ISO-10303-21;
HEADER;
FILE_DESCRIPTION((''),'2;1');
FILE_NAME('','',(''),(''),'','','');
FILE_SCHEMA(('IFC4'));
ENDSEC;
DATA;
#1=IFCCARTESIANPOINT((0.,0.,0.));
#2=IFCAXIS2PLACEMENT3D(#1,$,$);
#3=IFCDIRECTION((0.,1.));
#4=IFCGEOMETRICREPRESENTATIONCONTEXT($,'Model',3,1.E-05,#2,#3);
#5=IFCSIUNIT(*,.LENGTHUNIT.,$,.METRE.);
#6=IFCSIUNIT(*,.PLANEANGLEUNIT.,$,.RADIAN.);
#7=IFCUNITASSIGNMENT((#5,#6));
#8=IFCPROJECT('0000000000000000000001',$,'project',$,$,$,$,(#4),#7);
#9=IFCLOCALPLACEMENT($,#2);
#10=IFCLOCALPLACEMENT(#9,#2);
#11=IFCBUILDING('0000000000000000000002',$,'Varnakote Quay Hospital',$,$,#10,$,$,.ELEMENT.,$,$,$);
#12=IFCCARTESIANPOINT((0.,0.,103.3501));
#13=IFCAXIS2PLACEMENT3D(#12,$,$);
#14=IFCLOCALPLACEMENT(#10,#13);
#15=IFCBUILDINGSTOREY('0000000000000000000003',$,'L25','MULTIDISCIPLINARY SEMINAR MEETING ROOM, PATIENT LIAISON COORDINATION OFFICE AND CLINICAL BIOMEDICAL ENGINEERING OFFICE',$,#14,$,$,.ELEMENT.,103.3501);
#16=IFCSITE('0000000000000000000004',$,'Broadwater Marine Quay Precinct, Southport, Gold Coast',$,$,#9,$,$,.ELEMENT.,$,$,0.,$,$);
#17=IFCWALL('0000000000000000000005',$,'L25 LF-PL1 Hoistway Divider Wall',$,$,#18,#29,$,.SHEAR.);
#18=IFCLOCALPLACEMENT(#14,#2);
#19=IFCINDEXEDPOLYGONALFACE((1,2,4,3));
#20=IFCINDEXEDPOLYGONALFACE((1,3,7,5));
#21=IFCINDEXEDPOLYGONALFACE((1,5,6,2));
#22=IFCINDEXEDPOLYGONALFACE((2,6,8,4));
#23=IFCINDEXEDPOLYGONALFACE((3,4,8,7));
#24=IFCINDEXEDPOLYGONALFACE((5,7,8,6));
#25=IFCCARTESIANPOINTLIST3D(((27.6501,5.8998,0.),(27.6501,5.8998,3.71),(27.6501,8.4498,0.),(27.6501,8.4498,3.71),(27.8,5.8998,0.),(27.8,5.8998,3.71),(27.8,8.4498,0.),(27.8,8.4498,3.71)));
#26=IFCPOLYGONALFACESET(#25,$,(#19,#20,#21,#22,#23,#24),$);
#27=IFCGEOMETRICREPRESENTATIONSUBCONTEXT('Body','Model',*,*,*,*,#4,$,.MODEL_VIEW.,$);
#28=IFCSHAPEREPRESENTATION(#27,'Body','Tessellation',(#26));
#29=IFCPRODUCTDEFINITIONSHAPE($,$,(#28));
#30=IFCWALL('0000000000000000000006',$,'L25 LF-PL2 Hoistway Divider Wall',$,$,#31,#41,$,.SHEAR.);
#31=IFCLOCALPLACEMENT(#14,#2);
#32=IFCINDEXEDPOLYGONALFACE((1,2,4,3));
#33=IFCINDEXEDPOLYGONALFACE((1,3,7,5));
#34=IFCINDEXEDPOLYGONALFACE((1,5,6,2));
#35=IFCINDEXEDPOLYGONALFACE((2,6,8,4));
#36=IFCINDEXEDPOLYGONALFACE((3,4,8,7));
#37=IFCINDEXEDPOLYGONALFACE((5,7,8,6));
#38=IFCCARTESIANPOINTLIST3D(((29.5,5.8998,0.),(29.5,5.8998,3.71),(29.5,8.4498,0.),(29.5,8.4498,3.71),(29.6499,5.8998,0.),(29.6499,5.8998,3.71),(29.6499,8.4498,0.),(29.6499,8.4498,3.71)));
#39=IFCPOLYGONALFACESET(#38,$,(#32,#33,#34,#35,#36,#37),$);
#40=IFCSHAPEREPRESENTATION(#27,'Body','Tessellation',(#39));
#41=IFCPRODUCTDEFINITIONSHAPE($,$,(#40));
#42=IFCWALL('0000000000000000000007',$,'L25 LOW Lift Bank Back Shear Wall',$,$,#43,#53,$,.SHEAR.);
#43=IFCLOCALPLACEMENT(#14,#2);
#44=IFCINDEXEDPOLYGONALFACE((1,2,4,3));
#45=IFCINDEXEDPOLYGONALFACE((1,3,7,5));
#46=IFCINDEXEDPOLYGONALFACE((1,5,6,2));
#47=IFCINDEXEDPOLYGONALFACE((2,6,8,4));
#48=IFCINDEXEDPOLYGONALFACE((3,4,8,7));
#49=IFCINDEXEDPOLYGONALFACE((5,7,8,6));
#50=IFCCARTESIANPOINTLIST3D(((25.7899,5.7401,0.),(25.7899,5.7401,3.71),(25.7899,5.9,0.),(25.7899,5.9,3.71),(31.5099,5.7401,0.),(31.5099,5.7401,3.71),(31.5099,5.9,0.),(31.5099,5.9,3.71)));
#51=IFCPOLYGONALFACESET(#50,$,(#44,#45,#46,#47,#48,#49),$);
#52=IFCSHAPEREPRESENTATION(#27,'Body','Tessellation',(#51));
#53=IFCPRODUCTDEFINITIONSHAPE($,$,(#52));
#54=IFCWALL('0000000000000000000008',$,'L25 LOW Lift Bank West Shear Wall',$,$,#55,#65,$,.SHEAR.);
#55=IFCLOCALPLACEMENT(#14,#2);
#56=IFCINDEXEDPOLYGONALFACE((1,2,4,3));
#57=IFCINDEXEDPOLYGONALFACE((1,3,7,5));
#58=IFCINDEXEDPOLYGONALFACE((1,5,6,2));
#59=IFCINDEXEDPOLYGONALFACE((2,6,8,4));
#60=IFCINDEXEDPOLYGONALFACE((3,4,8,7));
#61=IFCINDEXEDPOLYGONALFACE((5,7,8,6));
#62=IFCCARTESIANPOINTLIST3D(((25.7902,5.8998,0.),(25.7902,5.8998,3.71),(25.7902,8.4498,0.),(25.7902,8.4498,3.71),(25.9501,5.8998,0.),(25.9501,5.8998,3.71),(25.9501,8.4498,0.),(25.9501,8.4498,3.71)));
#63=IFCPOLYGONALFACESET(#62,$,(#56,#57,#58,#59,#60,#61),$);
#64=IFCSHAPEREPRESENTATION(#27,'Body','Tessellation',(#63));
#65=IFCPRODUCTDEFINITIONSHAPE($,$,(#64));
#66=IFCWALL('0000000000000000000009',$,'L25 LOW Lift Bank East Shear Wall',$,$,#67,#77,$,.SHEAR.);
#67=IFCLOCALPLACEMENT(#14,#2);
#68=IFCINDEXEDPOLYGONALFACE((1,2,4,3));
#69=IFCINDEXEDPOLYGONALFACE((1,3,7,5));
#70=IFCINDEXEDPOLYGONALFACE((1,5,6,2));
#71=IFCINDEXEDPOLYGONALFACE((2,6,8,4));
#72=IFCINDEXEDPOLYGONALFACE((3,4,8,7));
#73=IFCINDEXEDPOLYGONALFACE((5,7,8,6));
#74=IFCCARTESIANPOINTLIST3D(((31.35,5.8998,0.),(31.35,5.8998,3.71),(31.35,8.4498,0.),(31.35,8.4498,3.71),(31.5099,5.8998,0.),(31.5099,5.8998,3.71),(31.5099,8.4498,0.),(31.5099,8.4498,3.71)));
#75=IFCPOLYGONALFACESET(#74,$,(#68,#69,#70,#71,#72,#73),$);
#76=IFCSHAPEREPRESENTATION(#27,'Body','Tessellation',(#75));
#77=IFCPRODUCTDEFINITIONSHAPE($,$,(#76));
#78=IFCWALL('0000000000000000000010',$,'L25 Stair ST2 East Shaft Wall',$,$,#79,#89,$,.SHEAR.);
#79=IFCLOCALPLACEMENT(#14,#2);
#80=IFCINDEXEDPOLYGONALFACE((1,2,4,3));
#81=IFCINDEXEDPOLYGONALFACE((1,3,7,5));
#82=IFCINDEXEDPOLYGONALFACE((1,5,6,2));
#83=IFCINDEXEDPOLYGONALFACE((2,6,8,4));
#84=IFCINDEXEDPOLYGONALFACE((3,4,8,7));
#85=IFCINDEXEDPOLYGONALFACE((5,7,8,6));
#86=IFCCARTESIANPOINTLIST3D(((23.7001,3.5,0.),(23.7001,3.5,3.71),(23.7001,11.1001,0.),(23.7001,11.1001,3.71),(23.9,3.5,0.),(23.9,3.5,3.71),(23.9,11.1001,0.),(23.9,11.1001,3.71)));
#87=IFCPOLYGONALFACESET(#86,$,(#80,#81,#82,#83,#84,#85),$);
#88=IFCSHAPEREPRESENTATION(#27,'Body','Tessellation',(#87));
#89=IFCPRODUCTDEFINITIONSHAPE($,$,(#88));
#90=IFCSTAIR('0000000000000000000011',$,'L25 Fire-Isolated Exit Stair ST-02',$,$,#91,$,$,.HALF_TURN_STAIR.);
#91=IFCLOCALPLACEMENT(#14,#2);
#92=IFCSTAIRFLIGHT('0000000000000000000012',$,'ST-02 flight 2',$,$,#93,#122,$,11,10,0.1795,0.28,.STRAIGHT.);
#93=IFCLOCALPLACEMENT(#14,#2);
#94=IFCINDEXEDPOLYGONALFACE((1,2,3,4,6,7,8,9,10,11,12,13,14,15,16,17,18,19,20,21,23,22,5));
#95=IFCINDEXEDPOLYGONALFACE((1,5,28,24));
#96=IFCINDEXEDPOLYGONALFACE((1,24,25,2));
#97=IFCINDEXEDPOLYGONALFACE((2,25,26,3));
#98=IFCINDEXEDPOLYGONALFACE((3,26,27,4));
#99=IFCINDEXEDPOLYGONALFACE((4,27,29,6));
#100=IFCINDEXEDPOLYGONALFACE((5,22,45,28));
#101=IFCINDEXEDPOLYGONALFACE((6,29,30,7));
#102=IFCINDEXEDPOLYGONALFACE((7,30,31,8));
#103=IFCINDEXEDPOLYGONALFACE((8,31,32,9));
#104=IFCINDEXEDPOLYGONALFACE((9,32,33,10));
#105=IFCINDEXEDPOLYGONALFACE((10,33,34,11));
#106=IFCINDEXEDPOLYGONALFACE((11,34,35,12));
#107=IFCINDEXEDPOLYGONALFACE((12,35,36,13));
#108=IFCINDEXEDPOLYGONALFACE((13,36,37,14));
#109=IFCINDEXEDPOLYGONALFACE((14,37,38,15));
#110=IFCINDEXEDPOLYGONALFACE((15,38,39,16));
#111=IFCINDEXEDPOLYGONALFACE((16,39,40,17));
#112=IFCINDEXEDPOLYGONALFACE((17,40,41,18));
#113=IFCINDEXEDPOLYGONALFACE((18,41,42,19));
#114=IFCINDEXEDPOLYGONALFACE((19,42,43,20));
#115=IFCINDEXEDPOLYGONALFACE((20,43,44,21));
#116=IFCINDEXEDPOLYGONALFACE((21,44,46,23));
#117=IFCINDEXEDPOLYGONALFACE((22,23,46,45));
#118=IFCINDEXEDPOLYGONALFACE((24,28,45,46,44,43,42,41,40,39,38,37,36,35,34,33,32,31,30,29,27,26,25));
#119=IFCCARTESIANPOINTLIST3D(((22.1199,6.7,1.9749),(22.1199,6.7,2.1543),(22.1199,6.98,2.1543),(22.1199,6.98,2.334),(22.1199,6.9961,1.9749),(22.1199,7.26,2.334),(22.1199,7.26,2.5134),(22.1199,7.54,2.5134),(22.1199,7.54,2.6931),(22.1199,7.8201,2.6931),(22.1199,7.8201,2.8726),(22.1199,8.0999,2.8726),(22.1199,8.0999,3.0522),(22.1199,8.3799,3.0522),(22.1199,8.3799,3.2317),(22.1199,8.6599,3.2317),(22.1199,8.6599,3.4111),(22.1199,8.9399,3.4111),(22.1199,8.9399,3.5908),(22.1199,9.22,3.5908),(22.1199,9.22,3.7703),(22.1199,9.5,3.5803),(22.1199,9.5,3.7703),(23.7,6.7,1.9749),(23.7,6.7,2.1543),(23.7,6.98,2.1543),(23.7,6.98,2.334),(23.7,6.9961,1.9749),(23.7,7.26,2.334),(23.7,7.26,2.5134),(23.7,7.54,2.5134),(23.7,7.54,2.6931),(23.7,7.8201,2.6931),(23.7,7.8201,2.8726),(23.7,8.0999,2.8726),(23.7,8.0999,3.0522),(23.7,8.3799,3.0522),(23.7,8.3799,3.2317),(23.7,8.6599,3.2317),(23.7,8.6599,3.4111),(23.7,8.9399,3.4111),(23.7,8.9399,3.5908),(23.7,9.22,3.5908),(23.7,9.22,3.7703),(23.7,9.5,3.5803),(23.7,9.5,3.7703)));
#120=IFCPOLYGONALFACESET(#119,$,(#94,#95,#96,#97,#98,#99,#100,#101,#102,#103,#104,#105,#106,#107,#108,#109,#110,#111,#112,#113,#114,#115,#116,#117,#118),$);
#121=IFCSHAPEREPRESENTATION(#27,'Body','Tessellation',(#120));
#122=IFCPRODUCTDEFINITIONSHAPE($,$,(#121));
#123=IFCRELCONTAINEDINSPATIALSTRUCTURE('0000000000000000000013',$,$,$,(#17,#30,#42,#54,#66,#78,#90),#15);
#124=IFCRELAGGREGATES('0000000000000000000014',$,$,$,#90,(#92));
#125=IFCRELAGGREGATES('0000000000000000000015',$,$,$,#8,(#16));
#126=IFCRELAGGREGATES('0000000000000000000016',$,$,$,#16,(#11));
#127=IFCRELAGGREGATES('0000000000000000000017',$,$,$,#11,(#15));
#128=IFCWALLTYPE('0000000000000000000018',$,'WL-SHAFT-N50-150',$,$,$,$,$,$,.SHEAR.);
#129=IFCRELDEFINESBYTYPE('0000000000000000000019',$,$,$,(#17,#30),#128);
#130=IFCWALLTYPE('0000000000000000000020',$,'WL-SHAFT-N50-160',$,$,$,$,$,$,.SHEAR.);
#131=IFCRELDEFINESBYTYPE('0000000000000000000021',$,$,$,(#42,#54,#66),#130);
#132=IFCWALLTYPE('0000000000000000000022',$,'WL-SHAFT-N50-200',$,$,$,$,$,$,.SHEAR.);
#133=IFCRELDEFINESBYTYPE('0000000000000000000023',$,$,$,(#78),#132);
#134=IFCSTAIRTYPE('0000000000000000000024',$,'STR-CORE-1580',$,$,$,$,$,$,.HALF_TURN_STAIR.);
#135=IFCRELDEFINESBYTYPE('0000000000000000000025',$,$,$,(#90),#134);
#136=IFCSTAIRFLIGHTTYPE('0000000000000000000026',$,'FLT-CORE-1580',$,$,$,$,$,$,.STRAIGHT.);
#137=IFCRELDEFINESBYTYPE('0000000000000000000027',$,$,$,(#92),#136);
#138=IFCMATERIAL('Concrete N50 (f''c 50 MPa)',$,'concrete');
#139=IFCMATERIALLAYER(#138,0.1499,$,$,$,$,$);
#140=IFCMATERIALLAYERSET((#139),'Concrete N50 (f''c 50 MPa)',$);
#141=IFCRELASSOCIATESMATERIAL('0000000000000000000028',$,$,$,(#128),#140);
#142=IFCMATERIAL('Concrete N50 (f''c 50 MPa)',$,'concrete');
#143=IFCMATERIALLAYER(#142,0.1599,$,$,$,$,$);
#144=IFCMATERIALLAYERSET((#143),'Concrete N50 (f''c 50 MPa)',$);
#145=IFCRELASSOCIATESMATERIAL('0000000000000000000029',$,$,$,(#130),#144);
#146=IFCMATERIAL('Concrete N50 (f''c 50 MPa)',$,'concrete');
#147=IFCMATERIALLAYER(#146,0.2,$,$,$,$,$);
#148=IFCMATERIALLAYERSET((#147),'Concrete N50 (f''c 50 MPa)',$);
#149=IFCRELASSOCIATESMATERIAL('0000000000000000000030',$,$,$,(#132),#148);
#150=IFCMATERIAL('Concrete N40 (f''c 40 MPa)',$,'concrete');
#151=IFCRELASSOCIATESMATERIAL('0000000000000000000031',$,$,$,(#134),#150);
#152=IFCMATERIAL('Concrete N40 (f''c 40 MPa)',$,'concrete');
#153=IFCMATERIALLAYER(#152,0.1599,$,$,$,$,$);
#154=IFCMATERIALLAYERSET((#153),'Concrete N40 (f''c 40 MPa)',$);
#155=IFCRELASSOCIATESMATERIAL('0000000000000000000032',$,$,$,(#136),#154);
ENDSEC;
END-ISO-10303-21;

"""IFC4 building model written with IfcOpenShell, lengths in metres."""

from ifc_helpers import new_model, si_unit, direction, frame, frame_2d, origin, place, context, subcontext, project, spatial, polyline, rectangle, outline, extrude, material, layer, layer_set, type_object, element, aggregate, save


model = new_model("IFC4")

# Units and contexts
model_context = context("Model", 3, precision=1e-05, world=origin(), true_north=direction((0.0, 1.0)))
body_context = subcontext(model_context, "Body", "Model", "MODEL_VIEW")
ifc_project = project(units=[si_unit("LENGTHUNIT", "METRE"), si_unit("PLANEANGLEUNIT", "RADIAN")], contexts=[model_context])

# Site, building, storey
site_placement = place(None, origin())
site = spatial("IfcSite", under=ifc_project, at=site_placement, Name="Broadwater Marine Quay Precinct, Southport, Gold Coast", CompositionType="ELEMENT", RefElevation=0.0)
building_placement = place(site_placement, origin())
building = spatial("IfcBuilding", under=site, at=building_placement, Name="Varnakote Quay Hospital", CompositionType="ELEMENT")
storey_placement = place(building_placement, frame((0.0, 0.0, 103.3501)))
storey = spatial("IfcBuildingStorey", under=building, at=storey_placement, Name="L25", Description="MULTIDISCIPLINARY SEMINAR MEETING ROOM, PATIENT LIAISON COORDINATION OFFICE AND CLINICAL BIOMEDICAL ENGINEERING OFFICE", CompositionType="ELEMENT", Elevation=103.3501)

# Walls
ifc_material_1 = material(Name="Concrete N50 (f'c 50 MPa)", Category="concrete")
ifc_layer_1 = layer(ifc_material_1, 0.1499)
ifc_layer_set_1 = layer_set([ifc_layer_1], Name="Concrete N50 (f'c 50 MPa)")
wall_type_1 = type_object("IfcWallType", Name="WL-SHAFT-N50-150", PredefinedType="SHEAR", material=ifc_layer_set_1)
for number, where, z_axis, x_axis, name in (
    (1, (27.7251, 5.8999, 0.0), (0.0, 0.0, 1.0), (0.0, 1.0, 0.0), "L25 LF-PL1 Hoistway Divider Wall"),
    (2, (29.575, 5.8999, 0.0), (0.0, 0.0, 1.0), (0.0, 1.0, 0.0), "L25 LF-PL2 Hoistway Divider Wall"),
):
    element("IfcWall", number, at=place(storey_placement, frame(where, z_axis=z_axis, x_axis=x_axis)), inside=storey, type_object=wall_type_1, Name=name, PredefinedType="SHEAR", context=body_context, shape_type="SweptSolid", body=[
        extrude(rectangle(XDim=2.55, YDim=0.1499, at=frame_2d((1.2749, 0.0))), origin(), (0.0, 0.0, 1.0), 3.71),
    ])
ifc_material_2 = material(Name="Concrete N50 (f'c 50 MPa)", Category="concrete")
ifc_layer_2 = layer(ifc_material_2, 0.1599)
ifc_layer_set_2 = layer_set([ifc_layer_2], Name="Concrete N50 (f'c 50 MPa)")
wall_type_2 = type_object("IfcWallType", Name="WL-SHAFT-N50-160", PredefinedType="SHEAR", material=ifc_layer_set_2)
wall_1_placement = place(storey_placement, frame((25.79, 5.8201, 0.0), z_axis=(0.0, 0.0, 1.0), x_axis=(1.0, 0.0, 0.0)))
element("IfcWall", 3, at=wall_1_placement, inside=storey, type_object=wall_type_2, Name="L25 LOW Lift Bank Back Shear Wall", PredefinedType="SHEAR", context=body_context, shape_type="SweptSolid", body=[
    extrude(rectangle(XDim=5.72, YDim=0.1599, at=frame_2d((2.8599, 0.0))), origin(), (0.0, 0.0, 1.0), 3.71),
])
for number, where, z_axis, x_axis, name in (
    (4, (25.8701, 5.8999, 0.0), (0.0, 0.0, 1.0), (0.0, 1.0, 0.0), "L25 LOW Lift Bank West Shear Wall"),
    (5, (31.4299, 5.8999, 0.0), (0.0, 0.0, 1.0), (0.0, 1.0, 0.0), "L25 LOW Lift Bank East Shear Wall"),
):
    element("IfcWall", number, at=place(storey_placement, frame(where, z_axis=z_axis, x_axis=x_axis)), inside=storey, type_object=wall_type_2, Name=name, PredefinedType="SHEAR", context=body_context, shape_type="SweptSolid", body=[
        extrude(rectangle(XDim=2.55, YDim=0.1599, at=frame_2d((1.2749, 0.0))), origin(), (0.0, 0.0, 1.0), 3.71),
    ])

# Wall
ifc_material_3 = material(Name="Concrete N50 (f'c 50 MPa)", Category="concrete")
ifc_layer_3 = layer(ifc_material_3, 0.2)
ifc_layer_set_3 = layer_set([ifc_layer_3], Name="Concrete N50 (f'c 50 MPa)")
wall_type_3 = type_object("IfcWallType", Name="WL-SHAFT-N50-200", PredefinedType="SHEAR", material=ifc_layer_set_3)
wall_2_placement = place(storey_placement, frame((23.8, 3.5, 0.0), z_axis=(0.0, 0.0, 1.0), x_axis=(0.0, 1.0, 0.0)))
element("IfcWall", 6, at=wall_2_placement, inside=storey, type_object=wall_type_3, Name="L25 Stair ST2 East Shaft Wall", PredefinedType="SHEAR", context=body_context, shape_type="SweptSolid", body=[
    extrude(rectangle(XDim=7.6001, YDim=0.2, at=frame_2d((3.8, 0.0))), origin(), (0.0, 0.0, 1.0), 3.71),
])

# Stair, stair flight
ifc_material_4 = material(Name="Concrete N40 (f'c 40 MPa)", Category="concrete")
stair_type = type_object("IfcStairType", Name="STR-CORE-1580", PredefinedType="HALF_TURN_STAIR", material=ifc_material_4)
stair_placement = place(storey_placement, origin())
stair = element("IfcStair", 7, at=stair_placement, inside=storey, type_object=stair_type, Name="L25 Fire-Isolated Exit Stair ST-02", PredefinedType="HALF_TURN_STAIR")
ifc_material_5 = material(Name="Concrete N40 (f'c 40 MPa)", Category="concrete")
ifc_layer_4 = layer(ifc_material_5, 0.1599)
ifc_layer_set_4 = layer_set([ifc_layer_4], Name="Concrete N40 (f'c 40 MPa)")
stair_flight_type = type_object("IfcStairFlightType", Name="FLT-CORE-1580", PredefinedType="STRAIGHT", material=ifc_layer_set_4)
stair_flight_placement = place(storey_placement, frame((22.9099, 6.7, 1.9749), z_axis=(0.0, 0.0, 1.0), x_axis=(0.0, 1.0, 0.0)))
stair_flight = element("IfcStairFlight", 8, at=stair_flight_placement, type_object=stair_flight_type, Name="ST-02 flight 2", NumberOfRisers=11, NumberOfTreads=10, PredefinedType="STRAIGHT", RiserHeight=0.1795, TreadLength=0.28, context=body_context, shape_type="SweptSolid", body=[
    extrude(outline(polyline([(0.0, 0.0), (0.0, 0.1794), (0.28, 0.1794), (0.28, 0.3591), (0.5601, 0.3591), (0.5601, 0.5386), (0.8401, 0.5386), (0.8401, 0.7183), (1.1201, 0.7183), (1.1201, 0.8977), (1.3999, 0.8977), (1.3999, 1.0774), (1.6799, 1.0774), (1.6799, 1.2568), (1.96, 1.2568), (1.96, 1.4363), (2.24, 1.4363), (2.24, 1.616), (2.52, 1.616), (2.52, 1.7954), (2.8, 1.7954), (2.8, 1.9751), (2.8, 1.6055), (0.2961, 0.0), (0.0, 0.0)])), frame((0.0, 0.79, 0.0), z_axis=(0.0, -1.0, 0.0), x_axis=(1.0, 0.0, 0.0)), (0.0, 0.0, 1.0), 1.5801),
])
aggregate(stair, [stair_flight])

save(model, "model.ifc")
